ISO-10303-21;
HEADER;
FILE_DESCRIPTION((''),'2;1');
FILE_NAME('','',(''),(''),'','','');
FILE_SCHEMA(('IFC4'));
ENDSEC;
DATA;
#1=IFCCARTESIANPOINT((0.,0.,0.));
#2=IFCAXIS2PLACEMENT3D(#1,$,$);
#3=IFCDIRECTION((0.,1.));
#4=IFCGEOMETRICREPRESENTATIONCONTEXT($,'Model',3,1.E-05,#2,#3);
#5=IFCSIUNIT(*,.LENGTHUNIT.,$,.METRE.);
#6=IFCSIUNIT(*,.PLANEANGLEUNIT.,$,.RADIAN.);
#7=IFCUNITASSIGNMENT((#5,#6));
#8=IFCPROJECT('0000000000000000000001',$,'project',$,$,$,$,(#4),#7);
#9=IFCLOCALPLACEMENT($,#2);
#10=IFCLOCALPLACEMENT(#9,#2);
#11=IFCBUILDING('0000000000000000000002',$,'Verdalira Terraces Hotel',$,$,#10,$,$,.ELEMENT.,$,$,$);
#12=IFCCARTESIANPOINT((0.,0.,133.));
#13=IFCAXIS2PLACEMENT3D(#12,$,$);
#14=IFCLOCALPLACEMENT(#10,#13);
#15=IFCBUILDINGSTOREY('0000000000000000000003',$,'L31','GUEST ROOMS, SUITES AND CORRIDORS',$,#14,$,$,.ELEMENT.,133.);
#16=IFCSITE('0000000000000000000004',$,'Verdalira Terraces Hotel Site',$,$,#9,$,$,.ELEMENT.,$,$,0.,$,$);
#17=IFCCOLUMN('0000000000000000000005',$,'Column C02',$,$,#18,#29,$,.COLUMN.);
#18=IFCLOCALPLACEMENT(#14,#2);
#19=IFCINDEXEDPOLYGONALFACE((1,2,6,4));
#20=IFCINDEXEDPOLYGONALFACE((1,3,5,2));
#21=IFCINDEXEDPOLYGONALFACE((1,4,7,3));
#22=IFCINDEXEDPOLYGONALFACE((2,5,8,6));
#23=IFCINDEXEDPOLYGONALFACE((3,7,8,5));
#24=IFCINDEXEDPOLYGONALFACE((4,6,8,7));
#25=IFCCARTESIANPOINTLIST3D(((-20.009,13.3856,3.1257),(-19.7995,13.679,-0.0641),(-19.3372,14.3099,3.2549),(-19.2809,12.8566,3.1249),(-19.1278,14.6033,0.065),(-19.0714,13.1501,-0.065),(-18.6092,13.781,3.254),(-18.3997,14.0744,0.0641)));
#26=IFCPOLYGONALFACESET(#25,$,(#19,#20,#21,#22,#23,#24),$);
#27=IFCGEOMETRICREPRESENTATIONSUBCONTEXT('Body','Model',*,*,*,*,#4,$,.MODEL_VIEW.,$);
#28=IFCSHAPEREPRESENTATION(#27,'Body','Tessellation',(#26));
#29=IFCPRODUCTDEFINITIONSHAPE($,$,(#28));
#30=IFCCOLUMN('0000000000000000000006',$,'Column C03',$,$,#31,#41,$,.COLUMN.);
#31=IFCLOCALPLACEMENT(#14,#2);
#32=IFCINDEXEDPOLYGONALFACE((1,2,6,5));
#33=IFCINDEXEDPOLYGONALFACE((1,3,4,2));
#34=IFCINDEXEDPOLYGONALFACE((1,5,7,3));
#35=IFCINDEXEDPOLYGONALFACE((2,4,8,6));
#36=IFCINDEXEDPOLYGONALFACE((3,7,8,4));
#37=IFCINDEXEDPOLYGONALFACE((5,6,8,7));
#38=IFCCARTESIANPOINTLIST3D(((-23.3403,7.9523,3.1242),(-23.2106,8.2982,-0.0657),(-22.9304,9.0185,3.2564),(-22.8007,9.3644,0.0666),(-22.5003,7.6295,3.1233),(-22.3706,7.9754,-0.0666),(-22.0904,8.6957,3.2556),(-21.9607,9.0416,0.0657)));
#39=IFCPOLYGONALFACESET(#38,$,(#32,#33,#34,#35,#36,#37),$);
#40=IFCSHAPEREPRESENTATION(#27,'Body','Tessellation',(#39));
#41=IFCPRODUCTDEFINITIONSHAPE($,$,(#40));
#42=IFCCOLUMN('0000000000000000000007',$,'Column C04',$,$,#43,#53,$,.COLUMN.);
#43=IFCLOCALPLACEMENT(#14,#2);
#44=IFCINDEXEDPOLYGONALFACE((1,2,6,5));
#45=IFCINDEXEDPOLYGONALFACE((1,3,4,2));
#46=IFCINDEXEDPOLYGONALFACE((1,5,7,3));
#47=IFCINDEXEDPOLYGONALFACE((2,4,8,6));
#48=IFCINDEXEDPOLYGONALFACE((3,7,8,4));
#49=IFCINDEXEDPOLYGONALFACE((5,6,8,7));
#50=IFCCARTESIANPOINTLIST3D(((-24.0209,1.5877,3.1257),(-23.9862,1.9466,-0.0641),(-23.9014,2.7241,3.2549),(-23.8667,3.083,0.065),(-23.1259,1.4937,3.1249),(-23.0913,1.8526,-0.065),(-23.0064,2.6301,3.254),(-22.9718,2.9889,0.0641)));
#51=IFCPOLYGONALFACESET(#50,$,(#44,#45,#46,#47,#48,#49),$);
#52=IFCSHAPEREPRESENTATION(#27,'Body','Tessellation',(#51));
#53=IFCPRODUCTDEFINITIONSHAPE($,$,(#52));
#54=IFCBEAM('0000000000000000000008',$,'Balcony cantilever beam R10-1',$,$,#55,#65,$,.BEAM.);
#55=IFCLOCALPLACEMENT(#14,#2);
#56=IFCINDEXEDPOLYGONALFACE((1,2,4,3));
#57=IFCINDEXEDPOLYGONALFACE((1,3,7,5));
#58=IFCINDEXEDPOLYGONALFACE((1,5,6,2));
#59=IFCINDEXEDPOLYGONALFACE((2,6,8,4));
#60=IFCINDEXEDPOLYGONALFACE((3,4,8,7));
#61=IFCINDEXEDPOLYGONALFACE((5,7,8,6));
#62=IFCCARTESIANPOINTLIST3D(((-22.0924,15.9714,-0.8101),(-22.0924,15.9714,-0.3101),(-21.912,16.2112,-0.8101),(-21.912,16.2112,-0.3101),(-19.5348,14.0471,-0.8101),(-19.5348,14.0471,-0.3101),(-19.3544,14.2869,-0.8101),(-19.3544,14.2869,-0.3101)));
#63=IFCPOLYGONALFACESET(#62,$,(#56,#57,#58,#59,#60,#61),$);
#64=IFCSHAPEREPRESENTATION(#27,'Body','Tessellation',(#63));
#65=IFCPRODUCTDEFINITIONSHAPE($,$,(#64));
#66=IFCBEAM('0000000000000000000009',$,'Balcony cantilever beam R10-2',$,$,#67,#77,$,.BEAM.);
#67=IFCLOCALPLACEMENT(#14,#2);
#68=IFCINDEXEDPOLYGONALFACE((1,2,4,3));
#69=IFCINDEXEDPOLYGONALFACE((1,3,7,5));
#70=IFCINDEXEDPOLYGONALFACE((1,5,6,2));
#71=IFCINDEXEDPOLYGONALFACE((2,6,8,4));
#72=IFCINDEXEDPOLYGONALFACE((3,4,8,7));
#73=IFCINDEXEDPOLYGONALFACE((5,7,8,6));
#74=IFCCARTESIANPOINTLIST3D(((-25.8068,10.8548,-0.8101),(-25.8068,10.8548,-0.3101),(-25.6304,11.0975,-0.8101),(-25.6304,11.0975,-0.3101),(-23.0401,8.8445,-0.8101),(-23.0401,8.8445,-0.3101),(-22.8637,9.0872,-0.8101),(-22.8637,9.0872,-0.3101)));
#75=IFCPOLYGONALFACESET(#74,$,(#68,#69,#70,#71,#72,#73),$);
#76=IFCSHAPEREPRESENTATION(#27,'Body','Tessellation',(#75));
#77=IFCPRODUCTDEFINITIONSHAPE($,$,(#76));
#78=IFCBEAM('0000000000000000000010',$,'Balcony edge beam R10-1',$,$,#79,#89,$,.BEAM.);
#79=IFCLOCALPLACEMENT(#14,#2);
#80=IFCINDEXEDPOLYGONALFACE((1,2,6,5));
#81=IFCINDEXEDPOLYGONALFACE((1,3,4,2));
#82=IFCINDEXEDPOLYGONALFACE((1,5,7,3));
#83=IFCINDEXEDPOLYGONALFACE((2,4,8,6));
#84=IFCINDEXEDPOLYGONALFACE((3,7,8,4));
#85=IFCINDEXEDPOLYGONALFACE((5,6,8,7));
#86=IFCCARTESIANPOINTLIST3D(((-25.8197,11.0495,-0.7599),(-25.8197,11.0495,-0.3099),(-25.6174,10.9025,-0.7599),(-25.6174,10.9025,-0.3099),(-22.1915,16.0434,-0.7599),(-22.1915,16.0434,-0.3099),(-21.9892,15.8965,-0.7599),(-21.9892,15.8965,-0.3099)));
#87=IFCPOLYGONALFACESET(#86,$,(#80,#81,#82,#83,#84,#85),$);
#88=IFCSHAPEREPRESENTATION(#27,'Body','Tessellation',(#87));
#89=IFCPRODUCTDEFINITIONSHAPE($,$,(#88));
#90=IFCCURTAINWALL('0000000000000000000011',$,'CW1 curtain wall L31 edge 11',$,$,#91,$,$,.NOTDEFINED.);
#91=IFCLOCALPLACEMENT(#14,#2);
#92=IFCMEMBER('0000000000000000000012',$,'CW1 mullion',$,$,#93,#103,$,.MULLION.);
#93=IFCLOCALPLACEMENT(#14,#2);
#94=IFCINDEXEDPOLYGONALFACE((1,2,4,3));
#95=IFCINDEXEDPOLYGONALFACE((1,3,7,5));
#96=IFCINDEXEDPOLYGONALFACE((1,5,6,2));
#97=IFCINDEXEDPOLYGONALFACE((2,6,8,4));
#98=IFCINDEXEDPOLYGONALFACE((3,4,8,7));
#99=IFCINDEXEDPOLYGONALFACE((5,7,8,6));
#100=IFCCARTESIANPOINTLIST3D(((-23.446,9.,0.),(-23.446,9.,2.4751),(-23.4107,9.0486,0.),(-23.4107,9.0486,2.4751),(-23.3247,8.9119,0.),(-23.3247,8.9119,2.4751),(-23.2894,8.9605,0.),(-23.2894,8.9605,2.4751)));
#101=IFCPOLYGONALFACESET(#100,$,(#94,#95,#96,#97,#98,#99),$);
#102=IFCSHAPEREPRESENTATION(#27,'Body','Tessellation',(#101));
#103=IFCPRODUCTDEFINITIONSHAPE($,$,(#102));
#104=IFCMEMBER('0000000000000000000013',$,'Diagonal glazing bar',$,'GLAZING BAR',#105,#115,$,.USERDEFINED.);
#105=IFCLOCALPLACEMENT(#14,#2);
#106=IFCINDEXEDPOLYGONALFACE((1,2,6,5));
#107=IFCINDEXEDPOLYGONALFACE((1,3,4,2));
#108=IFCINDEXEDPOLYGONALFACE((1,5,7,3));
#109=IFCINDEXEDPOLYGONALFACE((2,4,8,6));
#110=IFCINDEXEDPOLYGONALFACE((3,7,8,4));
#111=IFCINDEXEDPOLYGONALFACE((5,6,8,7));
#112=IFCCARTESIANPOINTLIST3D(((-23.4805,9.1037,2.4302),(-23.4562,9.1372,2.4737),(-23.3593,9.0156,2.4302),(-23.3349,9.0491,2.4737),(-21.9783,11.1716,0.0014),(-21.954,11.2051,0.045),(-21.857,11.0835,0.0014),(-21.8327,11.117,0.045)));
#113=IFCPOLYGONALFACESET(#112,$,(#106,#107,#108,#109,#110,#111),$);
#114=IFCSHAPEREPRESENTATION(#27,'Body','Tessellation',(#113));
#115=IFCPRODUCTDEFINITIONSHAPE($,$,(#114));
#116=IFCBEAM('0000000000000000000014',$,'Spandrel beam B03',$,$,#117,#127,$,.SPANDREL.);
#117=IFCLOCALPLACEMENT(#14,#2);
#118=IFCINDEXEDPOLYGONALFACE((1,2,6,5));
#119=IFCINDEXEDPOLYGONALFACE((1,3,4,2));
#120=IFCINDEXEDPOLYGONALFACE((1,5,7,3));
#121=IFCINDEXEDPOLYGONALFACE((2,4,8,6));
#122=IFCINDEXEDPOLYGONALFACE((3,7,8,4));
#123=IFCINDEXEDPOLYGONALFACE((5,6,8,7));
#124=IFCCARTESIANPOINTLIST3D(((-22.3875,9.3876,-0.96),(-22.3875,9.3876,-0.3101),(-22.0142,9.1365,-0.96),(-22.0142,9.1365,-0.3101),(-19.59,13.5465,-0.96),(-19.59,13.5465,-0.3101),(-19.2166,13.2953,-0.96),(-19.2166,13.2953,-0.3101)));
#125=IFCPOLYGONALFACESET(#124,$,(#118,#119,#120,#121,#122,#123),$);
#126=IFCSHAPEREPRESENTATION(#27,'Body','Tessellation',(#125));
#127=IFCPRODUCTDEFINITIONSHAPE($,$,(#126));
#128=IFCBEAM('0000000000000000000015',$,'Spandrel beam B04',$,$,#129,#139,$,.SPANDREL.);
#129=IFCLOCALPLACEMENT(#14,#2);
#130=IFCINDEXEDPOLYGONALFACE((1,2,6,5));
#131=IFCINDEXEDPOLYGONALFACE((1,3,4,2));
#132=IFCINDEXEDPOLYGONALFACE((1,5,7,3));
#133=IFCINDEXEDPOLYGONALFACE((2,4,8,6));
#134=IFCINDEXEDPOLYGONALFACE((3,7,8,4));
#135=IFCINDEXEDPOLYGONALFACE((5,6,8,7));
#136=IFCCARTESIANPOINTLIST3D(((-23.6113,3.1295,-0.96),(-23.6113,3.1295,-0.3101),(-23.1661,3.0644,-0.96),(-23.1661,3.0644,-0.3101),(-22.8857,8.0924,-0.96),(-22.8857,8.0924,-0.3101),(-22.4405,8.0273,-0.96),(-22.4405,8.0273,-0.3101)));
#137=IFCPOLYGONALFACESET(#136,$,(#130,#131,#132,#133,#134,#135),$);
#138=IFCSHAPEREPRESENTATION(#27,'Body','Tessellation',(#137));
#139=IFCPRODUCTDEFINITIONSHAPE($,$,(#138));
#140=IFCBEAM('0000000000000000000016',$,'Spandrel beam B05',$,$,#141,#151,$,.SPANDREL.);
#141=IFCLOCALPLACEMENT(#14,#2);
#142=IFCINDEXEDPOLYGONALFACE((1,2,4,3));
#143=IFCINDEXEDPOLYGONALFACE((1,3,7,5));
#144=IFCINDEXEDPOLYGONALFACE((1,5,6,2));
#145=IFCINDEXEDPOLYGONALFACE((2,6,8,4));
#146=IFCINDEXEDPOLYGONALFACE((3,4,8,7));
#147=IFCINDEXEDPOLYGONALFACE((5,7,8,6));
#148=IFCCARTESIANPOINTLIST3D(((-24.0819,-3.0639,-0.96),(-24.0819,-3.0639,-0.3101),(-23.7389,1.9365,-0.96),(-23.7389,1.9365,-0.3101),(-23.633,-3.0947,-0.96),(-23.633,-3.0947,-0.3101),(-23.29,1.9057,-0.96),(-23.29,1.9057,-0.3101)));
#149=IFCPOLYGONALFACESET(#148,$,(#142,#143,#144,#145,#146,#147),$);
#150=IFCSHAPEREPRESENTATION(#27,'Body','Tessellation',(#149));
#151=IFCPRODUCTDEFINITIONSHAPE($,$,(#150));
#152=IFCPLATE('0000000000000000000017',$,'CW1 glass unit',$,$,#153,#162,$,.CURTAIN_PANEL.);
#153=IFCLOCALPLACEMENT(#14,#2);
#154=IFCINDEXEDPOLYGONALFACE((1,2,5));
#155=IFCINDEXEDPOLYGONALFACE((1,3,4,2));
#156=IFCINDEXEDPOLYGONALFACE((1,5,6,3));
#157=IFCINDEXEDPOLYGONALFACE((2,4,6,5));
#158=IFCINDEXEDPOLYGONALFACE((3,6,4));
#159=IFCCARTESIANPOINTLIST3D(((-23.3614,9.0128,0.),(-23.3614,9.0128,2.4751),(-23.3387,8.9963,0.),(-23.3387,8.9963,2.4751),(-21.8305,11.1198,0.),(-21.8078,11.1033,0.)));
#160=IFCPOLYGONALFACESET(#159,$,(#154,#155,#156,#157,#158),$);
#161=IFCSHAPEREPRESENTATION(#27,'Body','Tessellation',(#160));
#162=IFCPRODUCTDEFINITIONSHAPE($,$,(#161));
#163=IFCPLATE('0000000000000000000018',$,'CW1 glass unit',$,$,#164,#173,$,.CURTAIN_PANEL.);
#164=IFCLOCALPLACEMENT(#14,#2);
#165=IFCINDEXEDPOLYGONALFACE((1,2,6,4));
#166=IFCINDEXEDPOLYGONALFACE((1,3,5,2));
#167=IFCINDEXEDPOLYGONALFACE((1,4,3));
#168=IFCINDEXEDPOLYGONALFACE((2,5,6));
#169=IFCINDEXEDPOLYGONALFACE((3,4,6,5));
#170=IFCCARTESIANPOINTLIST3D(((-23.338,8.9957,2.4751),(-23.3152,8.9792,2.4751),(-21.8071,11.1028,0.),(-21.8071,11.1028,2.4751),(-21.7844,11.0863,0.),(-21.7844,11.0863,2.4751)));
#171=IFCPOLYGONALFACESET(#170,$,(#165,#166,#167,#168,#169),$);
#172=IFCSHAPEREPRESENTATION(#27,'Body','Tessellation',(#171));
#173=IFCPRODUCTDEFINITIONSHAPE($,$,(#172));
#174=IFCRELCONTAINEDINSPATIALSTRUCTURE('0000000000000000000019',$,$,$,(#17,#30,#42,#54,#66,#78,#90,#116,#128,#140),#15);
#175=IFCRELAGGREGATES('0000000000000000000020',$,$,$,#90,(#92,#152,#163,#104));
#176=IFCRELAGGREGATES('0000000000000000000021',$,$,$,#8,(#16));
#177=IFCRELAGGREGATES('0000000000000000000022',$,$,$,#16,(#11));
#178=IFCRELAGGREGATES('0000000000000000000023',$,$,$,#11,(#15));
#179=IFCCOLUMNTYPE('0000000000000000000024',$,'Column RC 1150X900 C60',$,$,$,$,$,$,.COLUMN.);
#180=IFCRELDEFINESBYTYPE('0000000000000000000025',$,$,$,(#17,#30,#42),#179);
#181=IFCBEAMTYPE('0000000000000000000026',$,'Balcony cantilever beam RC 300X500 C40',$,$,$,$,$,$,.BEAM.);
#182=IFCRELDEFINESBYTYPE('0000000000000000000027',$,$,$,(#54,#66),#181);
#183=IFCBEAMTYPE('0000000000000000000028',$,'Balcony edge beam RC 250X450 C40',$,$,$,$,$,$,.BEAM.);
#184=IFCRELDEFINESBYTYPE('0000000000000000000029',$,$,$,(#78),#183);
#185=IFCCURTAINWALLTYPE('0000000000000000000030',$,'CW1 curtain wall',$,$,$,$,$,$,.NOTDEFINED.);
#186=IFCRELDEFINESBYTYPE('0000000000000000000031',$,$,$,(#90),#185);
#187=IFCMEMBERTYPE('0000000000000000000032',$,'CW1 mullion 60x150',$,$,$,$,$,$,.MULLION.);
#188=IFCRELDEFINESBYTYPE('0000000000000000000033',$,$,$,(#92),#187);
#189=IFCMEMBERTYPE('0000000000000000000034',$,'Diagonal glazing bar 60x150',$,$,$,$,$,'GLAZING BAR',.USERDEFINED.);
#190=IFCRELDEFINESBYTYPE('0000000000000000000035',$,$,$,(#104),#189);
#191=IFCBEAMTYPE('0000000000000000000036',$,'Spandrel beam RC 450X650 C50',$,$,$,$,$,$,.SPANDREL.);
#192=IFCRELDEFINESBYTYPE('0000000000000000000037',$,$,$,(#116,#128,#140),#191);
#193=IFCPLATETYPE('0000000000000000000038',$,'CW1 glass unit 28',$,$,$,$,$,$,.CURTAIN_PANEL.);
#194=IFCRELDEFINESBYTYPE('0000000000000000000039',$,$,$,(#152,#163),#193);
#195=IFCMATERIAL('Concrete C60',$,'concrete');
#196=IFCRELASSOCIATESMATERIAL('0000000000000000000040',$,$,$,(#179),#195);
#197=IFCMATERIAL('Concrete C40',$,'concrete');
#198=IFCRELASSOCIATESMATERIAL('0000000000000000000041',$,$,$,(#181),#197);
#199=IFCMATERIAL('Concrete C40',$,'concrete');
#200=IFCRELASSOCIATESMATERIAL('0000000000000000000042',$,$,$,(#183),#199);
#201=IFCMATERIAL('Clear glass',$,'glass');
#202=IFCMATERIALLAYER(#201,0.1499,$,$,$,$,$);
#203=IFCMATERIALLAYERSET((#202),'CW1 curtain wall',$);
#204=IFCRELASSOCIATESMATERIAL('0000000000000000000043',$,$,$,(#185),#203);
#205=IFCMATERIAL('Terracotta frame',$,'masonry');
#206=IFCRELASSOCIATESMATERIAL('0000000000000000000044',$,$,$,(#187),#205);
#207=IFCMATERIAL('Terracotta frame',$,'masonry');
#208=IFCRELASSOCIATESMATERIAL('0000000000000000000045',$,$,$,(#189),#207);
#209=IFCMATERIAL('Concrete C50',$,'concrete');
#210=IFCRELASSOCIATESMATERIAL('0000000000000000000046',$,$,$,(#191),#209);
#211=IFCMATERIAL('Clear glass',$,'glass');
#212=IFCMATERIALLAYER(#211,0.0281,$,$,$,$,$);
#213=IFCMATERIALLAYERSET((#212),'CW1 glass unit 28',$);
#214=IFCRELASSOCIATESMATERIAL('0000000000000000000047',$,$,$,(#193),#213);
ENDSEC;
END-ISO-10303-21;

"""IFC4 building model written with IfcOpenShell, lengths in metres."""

from ifc_helpers import new_model, si_unit, direction, frame, origin, origin_2d, place, context, subcontext, project, spatial, polyline, rectangle, outline, extrude, material, layer, layer_set, material_profile, profile_set, type_object, element, aggregate, save


model = new_model("IFC4")

# Units and contexts
model_context = context("Model", 3, precision=1e-05, world=origin(), true_north=direction((0.0, 1.0)))
body_context = subcontext(model_context, "Body", "Model", "MODEL_VIEW")
ifc_project = project(units=[si_unit("LENGTHUNIT", "METRE"), si_unit("PLANEANGLEUNIT", "RADIAN")], contexts=[model_context])

# Site, building, storey
site_placement = place(None, origin())
site = spatial("IfcSite", under=ifc_project, at=site_placement, Name="Verdalira Terraces Hotel Site", CompositionType="ELEMENT", RefElevation=0.0)
building_placement = place(site_placement, origin())
building = spatial("IfcBuilding", under=site, at=building_placement, Name="Verdalira Terraces Hotel", CompositionType="ELEMENT")
storey_placement = place(building_placement, frame((0.0, 0.0, 133.0)))
storey = spatial("IfcBuildingStorey", under=building, at=storey_placement, Name="L31", Description="GUEST ROOMS, SUITES AND CORRIDORS", CompositionType="ELEMENT", Elevation=133.0)

# Columns
ifc_material_1 = material(Name="Concrete C60", Category="concrete")
ifc_material_profile_1 = material_profile(ifc_material_1, rectangle(XDim=1.1499, YDim=0.8999, at=origin_2d()), Name="RC 1150X900")
ifc_profile_set_1 = profile_set([ifc_material_profile_1], Name="Concrete C60")
column_type = type_object("IfcColumnType", Name="Column RC 1150X900 C60", PredefinedType="COLUMN", material=ifc_profile_set_1)
column_1_placement = place(storey_placement, frame((-19.0996, 13.8767, 0.0), z_axis=(-0.065251, -0.091412, 0.993673), x_axis=(-0.584148, -0.803839, -0.112308)))
element("IfcColumn", 1, at=column_1_placement, inside=storey, type_object=column_type, Name="Column C02", PredefinedType="COLUMN", context=body_context, shape_type="SweptSolid", body=[
    extrude(rectangle(XDim=1.1499, YDim=0.8999, at=origin_2d()), origin(), (0.0, 0.0, 1.0), 3.2102),
])
column_2_placement = place(storey_placement, frame((-22.5857, 8.6699, 0.0), z_axis=(-0.04037, -0.107729, 0.99336), x_axis=(0.356461, 0.927201, 0.115041)))
element("IfcColumn", 2, at=column_2_placement, inside=storey, type_object=column_type, Name="Column C03", PredefinedType="COLUMN", context=body_context, shape_type="SweptSolid", body=[
    extrude(rectangle(XDim=1.1499, YDim=0.8999, at=origin_2d()), origin(), (0.0, 0.0, 1.0), 3.2112),
])
column_3_placement = place(storey_placement, frame((-23.479, 2.4678, 0.0), z_axis=(-0.010799, -0.111794, 0.993673), x_axis=(-0.103932, -0.988223, -0.11231)))
element("IfcColumn", 3, at=column_3_placement, inside=storey, type_object=column_type, Name="Column C04", PredefinedType="COLUMN", context=body_context, shape_type="SweptSolid", body=[
    extrude(rectangle(XDim=1.1499, YDim=0.8999, at=origin_2d()), origin(), (0.0, 0.0, 1.0), 3.2102),
])

# Beams
ifc_material_2 = material(Name="Concrete C40", Category="concrete")
ifc_material_profile_2 = material_profile(ifc_material_2, rectangle(XDim=0.3, YDim=0.5, at=origin_2d()), Name="RC 300X500")
ifc_profile_set_2 = profile_set([ifc_material_profile_2], Name="Concrete C40")
beam_type_1 = type_object("IfcBeamType", Name="Balcony cantilever beam RC 300X500 C40", PredefinedType="BEAM", material=ifc_profile_set_2)
beam_1_placement = place(storey_placement, frame((-19.4446, 14.167, -0.5601), z_axis=(-0.799084, 0.60122, 0.0), x_axis=(-0.60122, -0.799084, 0.0)))
element("IfcBeam", 4, at=beam_1_placement, inside=storey, type_object=beam_type_1, Name="Balcony cantilever beam R10-1", PredefinedType="BEAM", context=body_context, shape_type="SweptSolid", body=[
    extrude(rectangle(XDim=0.3, YDim=0.5, at=origin_2d()), origin(), (0.0, 0.0, 1.0), 3.2007),
])
beam_2_placement = place(storey_placement, frame((-22.9519, 8.9658, -0.5601), z_axis=(-0.808989, 0.587824, 0.0), x_axis=(-0.587824, -0.808989, 0.0)))
element("IfcBeam", 5, at=beam_2_placement, inside=storey, type_object=beam_type_1, Name="Balcony cantilever beam R10-2", PredefinedType="BEAM", context=body_context, shape_type="SweptSolid", body=[
    extrude(rectangle(XDim=0.3, YDim=0.5, at=origin_2d()), origin(), (0.0, 0.0, 1.0), 3.4199),
])
ifc_material_3 = material(Name="Concrete C40", Category="concrete")
ifc_material_profile_3 = material_profile(ifc_material_3, rectangle(XDim=0.25, YDim=0.45, at=origin_2d()), Name="RC 250X450")
ifc_profile_set_3 = profile_set([ifc_material_profile_3], Name="Concrete C40")
beam_type_2 = type_object("IfcBeamType", Name="Balcony edge beam RC 250X450 C40", PredefinedType="BEAM", material=ifc_profile_set_3)
beam_3_placement = place(storey_placement, frame((-22.0903, 15.97, -0.5349), z_axis=(-0.587774, -0.809025, 0.0), x_axis=(0.809025, -0.587774, 0.0)))
element("IfcBeam", 6, at=beam_3_placement, inside=storey, type_object=beam_type_2, Name="Balcony edge beam R10-1", PredefinedType="BEAM", context=body_context, shape_type="SweptSolid", body=[
    extrude(rectangle(XDim=0.25, YDim=0.45, at=origin_2d()), origin(), (0.0, 0.0, 1.0), 6.1729),
])

# Curtain wall, members
ifc_material_4 = material(Name="Clear glass", Category="glass")
ifc_layer_1 = layer(ifc_material_4, 0.1499)
ifc_layer_set_1 = layer_set([ifc_layer_1], Name="CW1 curtain wall")
curtain_wall_type = type_object("IfcCurtainWallType", Name="CW1 curtain wall", PredefinedType="NOTDEFINED", material=ifc_layer_set_1)
curtain_wall_placement = place(storey_placement, origin())
curtain_wall = element("IfcCurtainWall", 7, at=curtain_wall_placement, inside=storey, type_object=curtain_wall_type, Name="CW1 curtain wall L31 edge 11", PredefinedType="NOTDEFINED")
ifc_material_5 = material(Name="Terracotta frame", Category="masonry")
ifc_material_profile_4 = material_profile(ifc_material_5, rectangle(XDim=0.0601, YDim=0.1499, at=origin_2d()), Name="MU 60x150")
ifc_profile_set_4 = profile_set([ifc_material_profile_4], Name="Terracotta frame")
member_type_1 = type_object("IfcMemberType", Name="CW1 mullion 60x150", PredefinedType="MULLION", material=ifc_profile_set_4)
member_1_placement = place(storey_placement, frame((-23.3677, 8.9802, 0.0), z_axis=(0.0, 0.0, 1.0), x_axis=(-0.587785, -0.809017, 0.0)))
member_1 = element("IfcMember", 8, at=member_1_placement, type_object=member_type_1, Name="CW1 mullion", PredefinedType="MULLION", context=body_context, shape_type="SweptSolid", body=[
    extrude(rectangle(XDim=0.0601, YDim=0.1499, at=origin_2d()), origin(), (0.0, 0.0, 1.0), 2.4751),
])
ifc_material_6 = material(Name="Terracotta frame", Category="masonry")
ifc_material_profile_5 = material_profile(ifc_material_6, rectangle(XDim=0.1499, YDim=0.0601, at=origin_2d()), Name="GB 60x150")
ifc_profile_set_5 = profile_set([ifc_material_profile_5], Name="Terracotta frame")
member_type_2 = type_object("IfcMemberType", Name="Diagonal glazing bar 60x150", ElementType="GLAZING BAR", PredefinedType="USERDEFINED", material=ifc_profile_set_5)
member_2_placement = place(storey_placement, frame((-21.9055, 11.1443, 0.0232), z_axis=(-0.426058, -0.586496, 0.688838), x_axis=(0.809054, -0.587734, 0.0)))
member_2 = element("IfcMember", 9, at=member_2_placement, type_object=member_type_2, Name="Diagonal glazing bar", ObjectType="GLAZING BAR", PredefinedType="USERDEFINED", context=body_context, shape_type="SweptSolid", body=[
    extrude(rectangle(XDim=0.1499, YDim=0.0601, at=origin_2d()), origin(), (0.0, 0.0, 1.0), 3.5259),
])

# Beams
ifc_material_7 = material(Name="Concrete C50", Category="concrete")
ifc_material_profile_6 = material_profile(ifc_material_7, rectangle(XDim=0.45, YDim=0.6499, at=origin_2d()), Name="RC 450X650")
ifc_profile_set_6 = profile_set([ifc_material_profile_6], Name="Concrete C50")
beam_type_3 = type_object("IfcBeamType", Name="Spandrel beam RC 450X650 C50", PredefinedType="SPANDREL", material=ifc_profile_set_6)
beam_4_placement = place(storey_placement, frame((-19.4033, 13.4209, -0.635), z_axis=(-0.558146, -0.829743, 0.0), x_axis=(0.829743, -0.558146, 0.0)))
element("IfcBeam", 10, at=beam_4_placement, inside=storey, type_object=beam_type_3, Name="Spandrel beam B03", PredefinedType="SPANDREL", context=body_context, shape_type="SweptSolid", body=[
    extrude(rectangle(XDim=0.45, YDim=0.6499, at=origin_2d()), origin(), (0.0, 0.0, 1.0), 5.0122),
])
beam_5_placement = place(storey_placement, frame((-22.6631, 8.0598, -0.635), z_axis=(-0.144664, -0.989481, 0.0), x_axis=(0.989481, -0.144664, 0.0)))
element("IfcBeam", 11, at=beam_5_placement, inside=storey, type_object=beam_type_3, Name="Spandrel beam B04", PredefinedType="SPANDREL", context=body_context, shape_type="SweptSolid", body=[
    extrude(rectangle(XDim=0.45, YDim=0.6499, at=origin_2d()), origin(), (0.0, 0.0, 1.0), 5.0156),
])
beam_6_placement = place(storey_placement, frame((-23.5144, 1.9211, -0.635), z_axis=(-0.068436, -0.997656, 0.0), x_axis=(0.997656, -0.068436, 0.0)))
element("IfcBeam", 12, at=beam_6_placement, inside=storey, type_object=beam_type_3, Name="Spandrel beam B05", PredefinedType="SPANDREL", context=body_context, shape_type="SweptSolid", body=[
    extrude(rectangle(XDim=0.45, YDim=0.6499, at=origin_2d()), origin(), (0.0, 0.0, 1.0), 5.0122),
])

# Plates
ifc_material_8 = material(Name="Clear glass", Category="glass")
ifc_layer_2 = layer(ifc_material_8, 0.0281)
ifc_layer_set_2 = layer_set([ifc_layer_2], Name="CW1 glass unit 28")
plate_type = type_object("IfcPlateType", Name="CW1 glass unit 28", PredefinedType="CURTAIN_PANEL", material=ifc_layer_set_2)
plate_1_placement = place(storey_placement, frame((-22.5732, 10.0498, 1.2375), z_axis=(-0.809017, 0.587785, 0.0), x_axis=(-0.587785, -0.809017, 0.0)))
plate_1 = element("IfcPlate", 13, at=plate_1_placement, type_object=plate_type, Name="CW1 glass unit", PredefinedType="CURTAIN_PANEL", context=body_context, shape_type="SweptSolid", body=[
    extrude(outline(polyline([(-1.3022, -1.2375), (1.3022, -1.2375), (1.3022, 1.2375), (-1.3022, -1.2375)])), origin(), (0.0, 0.0, 1.0), 0.0281),
])
plate_2_placement = place(storey_placement, frame((-22.5498, 10.0327, 1.2375), z_axis=(-0.809017, 0.587785, 0.0), x_axis=(-0.587785, -0.809017, 0.0)))
plate_2 = element("IfcPlate", 14, at=plate_2_placement, type_object=plate_type, Name="CW1 glass unit", PredefinedType="CURTAIN_PANEL", context=body_context, shape_type="SweptSolid", body=[
    extrude(outline(polyline([(-1.3022, -1.2375), (1.3022, 1.2375), (-1.3022, 1.2375), (-1.3022, -1.2375)])), origin(), (0.0, 0.0, 1.0), 0.0281),
])
aggregate(curtain_wall, [member_1, plate_1, plate_2, member_2])

save(model, "model.ifc")
